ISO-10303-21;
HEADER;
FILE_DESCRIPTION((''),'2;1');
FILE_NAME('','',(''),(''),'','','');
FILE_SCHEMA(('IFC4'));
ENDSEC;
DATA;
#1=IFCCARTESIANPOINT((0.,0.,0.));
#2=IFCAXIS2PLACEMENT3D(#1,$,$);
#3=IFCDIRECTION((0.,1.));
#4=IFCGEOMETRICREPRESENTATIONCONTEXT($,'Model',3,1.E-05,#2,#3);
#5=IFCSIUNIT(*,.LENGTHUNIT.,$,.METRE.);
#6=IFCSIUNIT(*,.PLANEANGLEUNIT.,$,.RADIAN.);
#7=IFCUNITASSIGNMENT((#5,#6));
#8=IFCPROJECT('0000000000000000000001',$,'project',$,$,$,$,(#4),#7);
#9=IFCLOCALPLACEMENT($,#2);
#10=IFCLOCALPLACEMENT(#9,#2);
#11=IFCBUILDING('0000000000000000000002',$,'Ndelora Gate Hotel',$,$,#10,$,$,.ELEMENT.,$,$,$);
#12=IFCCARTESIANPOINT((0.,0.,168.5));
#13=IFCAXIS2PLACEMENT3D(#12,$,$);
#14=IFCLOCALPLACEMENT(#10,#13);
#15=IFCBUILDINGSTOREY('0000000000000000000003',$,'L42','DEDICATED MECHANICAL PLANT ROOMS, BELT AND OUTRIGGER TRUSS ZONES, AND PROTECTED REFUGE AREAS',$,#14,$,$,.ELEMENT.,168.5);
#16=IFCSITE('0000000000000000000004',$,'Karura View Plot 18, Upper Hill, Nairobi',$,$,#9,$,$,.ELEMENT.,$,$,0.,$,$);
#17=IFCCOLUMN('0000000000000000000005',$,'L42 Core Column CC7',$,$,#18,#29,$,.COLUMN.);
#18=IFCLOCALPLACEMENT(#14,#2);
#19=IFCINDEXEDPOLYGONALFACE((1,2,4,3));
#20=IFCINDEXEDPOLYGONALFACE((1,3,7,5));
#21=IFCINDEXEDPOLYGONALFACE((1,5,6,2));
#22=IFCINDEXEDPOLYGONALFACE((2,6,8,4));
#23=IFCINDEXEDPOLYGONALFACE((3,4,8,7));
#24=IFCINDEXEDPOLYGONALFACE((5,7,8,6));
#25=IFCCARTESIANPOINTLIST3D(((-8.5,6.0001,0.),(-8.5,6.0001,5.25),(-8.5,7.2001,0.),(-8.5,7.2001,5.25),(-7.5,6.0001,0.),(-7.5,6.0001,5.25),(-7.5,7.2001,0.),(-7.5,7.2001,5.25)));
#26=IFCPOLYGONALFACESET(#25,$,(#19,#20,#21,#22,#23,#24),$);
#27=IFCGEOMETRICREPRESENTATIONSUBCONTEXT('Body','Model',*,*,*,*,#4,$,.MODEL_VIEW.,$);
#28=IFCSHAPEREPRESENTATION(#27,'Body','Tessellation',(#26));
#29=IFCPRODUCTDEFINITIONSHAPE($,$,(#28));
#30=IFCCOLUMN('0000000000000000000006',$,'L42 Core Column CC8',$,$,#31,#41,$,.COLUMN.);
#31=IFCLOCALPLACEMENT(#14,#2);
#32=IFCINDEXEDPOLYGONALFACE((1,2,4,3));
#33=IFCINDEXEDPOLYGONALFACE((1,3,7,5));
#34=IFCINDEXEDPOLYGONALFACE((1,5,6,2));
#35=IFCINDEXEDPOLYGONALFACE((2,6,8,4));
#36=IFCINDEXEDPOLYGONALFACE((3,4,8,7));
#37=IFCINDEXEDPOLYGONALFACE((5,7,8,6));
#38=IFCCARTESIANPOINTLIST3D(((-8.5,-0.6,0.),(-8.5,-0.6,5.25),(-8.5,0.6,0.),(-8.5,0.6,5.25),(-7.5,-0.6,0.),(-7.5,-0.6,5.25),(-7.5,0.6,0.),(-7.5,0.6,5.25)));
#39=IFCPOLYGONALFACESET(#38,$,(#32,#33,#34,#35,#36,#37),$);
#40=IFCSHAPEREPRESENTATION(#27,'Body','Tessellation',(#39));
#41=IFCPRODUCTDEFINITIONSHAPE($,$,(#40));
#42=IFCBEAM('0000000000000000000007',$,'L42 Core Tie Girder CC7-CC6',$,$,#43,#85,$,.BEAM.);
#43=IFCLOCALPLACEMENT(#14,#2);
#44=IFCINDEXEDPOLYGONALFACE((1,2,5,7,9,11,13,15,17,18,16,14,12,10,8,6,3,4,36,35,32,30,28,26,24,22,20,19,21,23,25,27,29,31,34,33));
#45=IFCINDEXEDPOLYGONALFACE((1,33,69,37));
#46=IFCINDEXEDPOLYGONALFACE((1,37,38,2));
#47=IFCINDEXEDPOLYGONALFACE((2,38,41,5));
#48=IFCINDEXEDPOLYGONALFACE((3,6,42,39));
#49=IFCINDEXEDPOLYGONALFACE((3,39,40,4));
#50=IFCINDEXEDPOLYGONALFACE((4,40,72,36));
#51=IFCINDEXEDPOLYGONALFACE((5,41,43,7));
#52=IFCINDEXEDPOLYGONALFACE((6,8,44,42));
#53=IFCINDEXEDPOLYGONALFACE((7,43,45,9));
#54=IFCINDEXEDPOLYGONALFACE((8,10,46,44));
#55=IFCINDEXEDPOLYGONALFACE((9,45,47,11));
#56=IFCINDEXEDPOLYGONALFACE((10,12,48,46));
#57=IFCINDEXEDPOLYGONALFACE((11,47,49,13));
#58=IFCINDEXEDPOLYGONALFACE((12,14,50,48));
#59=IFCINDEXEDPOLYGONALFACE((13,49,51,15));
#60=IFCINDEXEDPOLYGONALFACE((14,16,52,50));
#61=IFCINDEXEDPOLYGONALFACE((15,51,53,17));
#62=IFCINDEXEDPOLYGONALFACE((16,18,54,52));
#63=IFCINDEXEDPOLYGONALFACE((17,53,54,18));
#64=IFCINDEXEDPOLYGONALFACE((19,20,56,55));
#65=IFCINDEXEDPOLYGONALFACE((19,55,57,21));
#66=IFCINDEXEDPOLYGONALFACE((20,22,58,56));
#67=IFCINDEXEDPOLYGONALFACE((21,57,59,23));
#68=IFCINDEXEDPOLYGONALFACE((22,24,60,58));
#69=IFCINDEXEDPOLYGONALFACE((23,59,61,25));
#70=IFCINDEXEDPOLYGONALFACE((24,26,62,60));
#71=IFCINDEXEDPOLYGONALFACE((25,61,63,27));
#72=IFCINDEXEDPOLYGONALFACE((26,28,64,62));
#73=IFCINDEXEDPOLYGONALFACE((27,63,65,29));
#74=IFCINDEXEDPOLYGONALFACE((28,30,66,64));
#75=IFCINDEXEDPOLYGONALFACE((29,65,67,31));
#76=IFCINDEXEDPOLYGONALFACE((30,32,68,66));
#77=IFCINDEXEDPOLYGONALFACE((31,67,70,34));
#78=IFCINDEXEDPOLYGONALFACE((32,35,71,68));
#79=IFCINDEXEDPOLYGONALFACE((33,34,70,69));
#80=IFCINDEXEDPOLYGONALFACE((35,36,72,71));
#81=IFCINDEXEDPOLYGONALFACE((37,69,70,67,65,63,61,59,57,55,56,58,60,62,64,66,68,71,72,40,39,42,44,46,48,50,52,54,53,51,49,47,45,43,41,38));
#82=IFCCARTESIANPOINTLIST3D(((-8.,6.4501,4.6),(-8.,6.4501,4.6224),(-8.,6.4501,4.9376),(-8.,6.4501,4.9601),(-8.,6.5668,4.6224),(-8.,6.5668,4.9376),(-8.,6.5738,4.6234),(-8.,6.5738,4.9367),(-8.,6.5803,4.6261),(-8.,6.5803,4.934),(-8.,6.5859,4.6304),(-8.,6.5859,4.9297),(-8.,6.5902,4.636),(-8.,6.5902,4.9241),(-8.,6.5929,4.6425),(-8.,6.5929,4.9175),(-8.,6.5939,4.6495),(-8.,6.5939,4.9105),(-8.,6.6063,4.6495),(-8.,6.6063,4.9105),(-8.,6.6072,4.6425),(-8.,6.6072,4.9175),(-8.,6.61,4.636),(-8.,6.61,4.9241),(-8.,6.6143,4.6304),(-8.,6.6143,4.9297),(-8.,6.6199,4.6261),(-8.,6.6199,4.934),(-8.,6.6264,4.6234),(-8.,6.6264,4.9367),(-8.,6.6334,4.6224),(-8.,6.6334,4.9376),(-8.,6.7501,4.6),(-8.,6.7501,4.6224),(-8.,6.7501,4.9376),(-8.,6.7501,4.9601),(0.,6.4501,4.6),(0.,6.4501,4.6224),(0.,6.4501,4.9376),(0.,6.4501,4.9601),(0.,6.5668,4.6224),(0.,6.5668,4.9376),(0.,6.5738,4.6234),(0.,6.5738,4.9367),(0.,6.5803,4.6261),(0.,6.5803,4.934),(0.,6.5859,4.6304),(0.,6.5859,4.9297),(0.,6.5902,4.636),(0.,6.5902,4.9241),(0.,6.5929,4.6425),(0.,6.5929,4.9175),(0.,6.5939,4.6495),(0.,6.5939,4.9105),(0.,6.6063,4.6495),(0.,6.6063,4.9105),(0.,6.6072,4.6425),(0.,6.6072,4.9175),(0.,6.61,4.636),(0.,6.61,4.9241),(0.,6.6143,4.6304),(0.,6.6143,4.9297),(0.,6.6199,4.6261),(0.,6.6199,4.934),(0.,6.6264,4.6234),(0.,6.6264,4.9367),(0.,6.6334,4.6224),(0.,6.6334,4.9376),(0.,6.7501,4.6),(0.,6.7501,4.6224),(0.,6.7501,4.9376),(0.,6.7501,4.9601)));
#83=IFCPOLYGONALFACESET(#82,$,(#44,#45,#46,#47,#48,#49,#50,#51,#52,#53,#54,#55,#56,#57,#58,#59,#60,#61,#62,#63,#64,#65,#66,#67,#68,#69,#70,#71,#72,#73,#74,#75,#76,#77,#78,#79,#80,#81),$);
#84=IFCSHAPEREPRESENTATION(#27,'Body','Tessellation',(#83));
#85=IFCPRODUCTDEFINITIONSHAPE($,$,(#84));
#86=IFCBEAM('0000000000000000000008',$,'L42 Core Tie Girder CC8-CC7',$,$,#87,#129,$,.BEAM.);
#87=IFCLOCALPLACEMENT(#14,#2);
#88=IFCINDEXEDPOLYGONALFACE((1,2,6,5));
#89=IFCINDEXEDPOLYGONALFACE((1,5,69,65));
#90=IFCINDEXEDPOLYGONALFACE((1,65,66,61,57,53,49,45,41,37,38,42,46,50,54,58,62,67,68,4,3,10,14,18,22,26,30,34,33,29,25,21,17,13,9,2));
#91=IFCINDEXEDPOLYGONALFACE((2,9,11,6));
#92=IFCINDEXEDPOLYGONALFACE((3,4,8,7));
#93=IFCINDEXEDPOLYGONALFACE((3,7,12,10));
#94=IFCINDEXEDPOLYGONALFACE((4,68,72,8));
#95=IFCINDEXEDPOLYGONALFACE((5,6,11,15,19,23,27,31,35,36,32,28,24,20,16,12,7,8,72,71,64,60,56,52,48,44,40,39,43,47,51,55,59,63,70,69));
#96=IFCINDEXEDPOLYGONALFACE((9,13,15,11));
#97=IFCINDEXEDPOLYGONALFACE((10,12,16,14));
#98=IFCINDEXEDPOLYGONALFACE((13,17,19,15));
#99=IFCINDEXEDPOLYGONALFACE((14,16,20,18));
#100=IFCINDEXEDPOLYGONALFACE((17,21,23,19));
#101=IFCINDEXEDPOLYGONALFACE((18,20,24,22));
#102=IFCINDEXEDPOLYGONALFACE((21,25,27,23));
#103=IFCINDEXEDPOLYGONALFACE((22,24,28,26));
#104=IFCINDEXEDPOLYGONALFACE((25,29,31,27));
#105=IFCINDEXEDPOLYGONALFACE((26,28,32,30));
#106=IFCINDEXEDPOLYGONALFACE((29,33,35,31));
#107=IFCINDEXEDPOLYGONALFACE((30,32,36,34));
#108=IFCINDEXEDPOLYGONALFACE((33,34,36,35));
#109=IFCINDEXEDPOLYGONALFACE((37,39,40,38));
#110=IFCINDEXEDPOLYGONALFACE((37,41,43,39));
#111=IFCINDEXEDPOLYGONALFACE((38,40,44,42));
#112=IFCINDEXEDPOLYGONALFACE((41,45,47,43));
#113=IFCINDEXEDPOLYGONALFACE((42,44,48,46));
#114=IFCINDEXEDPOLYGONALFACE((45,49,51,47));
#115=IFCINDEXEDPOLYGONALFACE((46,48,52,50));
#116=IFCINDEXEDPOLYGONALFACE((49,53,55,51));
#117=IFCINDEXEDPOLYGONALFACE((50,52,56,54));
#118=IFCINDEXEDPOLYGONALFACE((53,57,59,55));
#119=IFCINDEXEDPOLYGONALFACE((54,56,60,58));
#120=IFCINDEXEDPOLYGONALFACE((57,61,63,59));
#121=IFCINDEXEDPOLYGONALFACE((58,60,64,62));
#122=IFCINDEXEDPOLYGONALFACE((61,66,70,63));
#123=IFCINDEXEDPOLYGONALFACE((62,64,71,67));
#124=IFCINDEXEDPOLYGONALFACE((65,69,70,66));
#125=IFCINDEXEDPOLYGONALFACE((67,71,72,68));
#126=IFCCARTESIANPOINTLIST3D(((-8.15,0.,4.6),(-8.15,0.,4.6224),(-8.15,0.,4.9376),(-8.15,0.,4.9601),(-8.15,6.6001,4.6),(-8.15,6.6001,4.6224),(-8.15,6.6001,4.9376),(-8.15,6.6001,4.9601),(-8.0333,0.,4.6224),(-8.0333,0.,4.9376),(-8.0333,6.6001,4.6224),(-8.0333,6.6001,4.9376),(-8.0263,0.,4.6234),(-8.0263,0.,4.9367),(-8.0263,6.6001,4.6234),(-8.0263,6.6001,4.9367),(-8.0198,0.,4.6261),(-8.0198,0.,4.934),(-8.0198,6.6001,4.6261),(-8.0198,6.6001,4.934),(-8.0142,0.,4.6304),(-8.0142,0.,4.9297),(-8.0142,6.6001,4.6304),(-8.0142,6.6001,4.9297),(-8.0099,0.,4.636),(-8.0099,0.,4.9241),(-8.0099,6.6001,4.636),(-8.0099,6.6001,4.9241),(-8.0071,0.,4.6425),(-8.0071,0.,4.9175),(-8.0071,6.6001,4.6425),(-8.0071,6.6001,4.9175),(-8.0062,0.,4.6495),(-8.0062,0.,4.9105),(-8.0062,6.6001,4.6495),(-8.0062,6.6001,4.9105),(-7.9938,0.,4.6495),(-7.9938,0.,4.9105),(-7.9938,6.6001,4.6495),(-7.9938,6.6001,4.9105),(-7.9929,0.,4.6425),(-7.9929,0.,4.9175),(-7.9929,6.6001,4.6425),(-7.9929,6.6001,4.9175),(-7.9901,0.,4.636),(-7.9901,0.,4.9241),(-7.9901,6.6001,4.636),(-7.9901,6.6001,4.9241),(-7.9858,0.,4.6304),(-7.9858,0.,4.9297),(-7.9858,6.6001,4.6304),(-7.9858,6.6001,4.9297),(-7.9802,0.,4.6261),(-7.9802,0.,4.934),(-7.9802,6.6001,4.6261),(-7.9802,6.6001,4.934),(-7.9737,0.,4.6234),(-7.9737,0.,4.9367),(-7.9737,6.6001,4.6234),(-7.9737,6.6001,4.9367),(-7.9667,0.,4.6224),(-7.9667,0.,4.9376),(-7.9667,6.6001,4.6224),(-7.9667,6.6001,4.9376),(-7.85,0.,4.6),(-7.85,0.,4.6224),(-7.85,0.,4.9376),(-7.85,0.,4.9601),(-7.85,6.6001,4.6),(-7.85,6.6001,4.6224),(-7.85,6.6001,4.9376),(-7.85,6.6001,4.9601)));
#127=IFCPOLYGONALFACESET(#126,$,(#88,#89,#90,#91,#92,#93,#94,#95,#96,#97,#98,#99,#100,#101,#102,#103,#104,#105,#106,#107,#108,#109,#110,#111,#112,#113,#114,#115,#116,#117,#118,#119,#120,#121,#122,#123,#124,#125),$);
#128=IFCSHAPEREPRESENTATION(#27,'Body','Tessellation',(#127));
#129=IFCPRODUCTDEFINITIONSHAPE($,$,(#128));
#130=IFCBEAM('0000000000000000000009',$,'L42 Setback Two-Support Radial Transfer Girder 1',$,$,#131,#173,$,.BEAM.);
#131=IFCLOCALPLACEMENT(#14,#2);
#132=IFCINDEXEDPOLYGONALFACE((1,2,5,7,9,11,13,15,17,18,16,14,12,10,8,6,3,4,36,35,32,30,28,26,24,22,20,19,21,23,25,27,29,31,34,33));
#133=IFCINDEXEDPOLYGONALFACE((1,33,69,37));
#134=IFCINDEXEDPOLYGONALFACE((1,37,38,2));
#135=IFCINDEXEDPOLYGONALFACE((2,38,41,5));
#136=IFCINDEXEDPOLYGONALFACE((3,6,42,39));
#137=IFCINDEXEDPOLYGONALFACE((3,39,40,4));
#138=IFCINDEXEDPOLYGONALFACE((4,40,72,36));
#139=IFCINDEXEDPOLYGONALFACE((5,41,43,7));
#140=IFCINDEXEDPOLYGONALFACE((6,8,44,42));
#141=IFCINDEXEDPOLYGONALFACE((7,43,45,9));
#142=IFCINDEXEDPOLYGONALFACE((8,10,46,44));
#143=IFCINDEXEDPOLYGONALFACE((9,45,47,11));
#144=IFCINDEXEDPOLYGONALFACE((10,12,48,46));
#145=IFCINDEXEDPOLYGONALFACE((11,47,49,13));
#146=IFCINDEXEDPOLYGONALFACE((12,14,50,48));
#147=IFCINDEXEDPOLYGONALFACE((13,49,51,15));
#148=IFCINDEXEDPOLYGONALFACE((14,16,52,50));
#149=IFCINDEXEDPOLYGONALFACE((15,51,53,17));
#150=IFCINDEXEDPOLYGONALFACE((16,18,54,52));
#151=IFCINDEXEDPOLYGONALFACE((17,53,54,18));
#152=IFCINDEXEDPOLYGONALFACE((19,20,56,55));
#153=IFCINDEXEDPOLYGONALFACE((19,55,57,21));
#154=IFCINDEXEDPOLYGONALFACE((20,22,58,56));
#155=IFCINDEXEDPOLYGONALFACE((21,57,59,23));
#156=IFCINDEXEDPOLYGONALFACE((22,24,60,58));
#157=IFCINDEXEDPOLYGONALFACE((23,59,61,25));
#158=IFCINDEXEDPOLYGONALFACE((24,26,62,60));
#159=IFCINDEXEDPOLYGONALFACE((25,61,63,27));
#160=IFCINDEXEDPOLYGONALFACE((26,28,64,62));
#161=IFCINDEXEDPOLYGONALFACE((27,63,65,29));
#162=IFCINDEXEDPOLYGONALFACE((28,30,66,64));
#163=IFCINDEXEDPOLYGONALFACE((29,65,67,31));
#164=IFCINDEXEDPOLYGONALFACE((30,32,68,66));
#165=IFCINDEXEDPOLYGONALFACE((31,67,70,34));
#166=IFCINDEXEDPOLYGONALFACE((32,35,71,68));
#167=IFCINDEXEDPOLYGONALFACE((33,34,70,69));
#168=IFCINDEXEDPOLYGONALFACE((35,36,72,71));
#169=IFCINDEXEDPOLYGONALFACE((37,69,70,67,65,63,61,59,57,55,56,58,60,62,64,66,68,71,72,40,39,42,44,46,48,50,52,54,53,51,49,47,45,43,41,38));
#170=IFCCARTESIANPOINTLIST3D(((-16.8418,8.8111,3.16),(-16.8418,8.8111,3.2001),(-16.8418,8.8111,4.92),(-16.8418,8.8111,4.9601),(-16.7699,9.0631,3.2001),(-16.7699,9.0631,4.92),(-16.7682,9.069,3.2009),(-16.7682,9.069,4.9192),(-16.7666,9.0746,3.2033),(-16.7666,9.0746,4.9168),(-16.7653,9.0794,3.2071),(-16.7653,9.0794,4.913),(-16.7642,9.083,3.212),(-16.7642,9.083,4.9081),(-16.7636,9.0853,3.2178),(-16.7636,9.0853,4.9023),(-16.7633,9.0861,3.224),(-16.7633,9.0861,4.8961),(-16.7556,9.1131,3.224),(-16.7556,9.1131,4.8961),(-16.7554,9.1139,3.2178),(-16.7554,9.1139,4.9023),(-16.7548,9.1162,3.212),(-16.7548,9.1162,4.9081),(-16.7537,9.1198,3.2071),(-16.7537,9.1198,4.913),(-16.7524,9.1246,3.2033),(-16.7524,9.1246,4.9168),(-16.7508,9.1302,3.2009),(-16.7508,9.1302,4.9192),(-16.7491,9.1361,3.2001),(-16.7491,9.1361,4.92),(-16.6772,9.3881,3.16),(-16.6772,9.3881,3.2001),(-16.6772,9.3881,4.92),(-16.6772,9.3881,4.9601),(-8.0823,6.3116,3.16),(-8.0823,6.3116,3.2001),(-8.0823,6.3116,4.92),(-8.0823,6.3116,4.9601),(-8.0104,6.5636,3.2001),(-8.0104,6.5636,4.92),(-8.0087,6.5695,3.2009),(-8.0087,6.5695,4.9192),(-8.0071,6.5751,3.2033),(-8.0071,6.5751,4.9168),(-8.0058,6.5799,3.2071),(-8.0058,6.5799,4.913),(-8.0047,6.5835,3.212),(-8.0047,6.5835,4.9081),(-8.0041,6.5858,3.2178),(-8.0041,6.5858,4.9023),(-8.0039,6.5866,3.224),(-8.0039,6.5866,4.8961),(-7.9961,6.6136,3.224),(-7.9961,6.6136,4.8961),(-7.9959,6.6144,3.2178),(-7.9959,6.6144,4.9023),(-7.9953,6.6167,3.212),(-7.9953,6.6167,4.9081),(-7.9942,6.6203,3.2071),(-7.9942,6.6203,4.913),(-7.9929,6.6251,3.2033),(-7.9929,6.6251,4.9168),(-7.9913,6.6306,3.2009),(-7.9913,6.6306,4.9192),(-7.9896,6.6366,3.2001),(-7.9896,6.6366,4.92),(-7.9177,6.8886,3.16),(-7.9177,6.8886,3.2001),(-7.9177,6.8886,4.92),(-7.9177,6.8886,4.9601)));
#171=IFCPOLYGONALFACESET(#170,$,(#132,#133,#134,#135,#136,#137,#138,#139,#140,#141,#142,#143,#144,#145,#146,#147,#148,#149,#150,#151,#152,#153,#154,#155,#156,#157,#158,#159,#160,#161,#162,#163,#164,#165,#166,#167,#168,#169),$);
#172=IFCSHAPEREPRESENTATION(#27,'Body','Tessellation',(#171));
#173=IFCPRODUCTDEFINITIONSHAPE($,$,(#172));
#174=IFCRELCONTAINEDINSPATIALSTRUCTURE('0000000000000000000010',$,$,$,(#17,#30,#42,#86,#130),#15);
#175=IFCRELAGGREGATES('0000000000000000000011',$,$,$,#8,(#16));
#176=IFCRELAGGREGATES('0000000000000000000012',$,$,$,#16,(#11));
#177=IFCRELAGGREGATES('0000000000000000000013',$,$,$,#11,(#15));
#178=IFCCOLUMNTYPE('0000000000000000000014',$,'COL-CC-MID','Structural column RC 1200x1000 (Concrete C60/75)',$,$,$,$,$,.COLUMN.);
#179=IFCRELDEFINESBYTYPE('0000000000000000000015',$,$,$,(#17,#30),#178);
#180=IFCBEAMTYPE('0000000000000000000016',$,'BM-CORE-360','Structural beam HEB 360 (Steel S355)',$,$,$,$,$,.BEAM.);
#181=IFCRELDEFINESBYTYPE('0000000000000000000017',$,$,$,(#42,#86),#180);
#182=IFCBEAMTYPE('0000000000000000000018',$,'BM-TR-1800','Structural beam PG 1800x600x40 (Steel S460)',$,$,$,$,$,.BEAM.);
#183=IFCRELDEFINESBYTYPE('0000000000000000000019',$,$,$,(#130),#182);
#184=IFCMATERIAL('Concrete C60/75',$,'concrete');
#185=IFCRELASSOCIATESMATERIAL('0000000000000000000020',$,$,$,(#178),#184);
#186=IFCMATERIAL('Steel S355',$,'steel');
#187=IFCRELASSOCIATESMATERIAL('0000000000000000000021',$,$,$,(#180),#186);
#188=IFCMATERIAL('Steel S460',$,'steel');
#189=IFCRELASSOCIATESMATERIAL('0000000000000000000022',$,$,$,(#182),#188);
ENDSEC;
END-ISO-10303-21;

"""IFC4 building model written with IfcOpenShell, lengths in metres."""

from ifc_helpers import new_model, si_unit, direction, frame, origin, origin_2d, place, context, subcontext, project, spatial, rectangle, i_section, extrude, material, material_profile, profile_set, type_object, element, save


model = new_model("IFC4")

# Units and contexts
model_context = context("Model", 3, precision=1e-05, world=origin(), true_north=direction((0.0, 1.0)))
body_context = subcontext(model_context, "Body", "Model", "MODEL_VIEW")
ifc_project = project(units=[si_unit("LENGTHUNIT", "METRE"), si_unit("PLANEANGLEUNIT", "RADIAN")], contexts=[model_context])

# Site, building, storey
site_placement = place(None, origin())
site = spatial("IfcSite", under=ifc_project, at=site_placement, Name="Karura View Plot 18, Upper Hill, Nairobi", CompositionType="ELEMENT", RefElevation=0.0)
building_placement = place(site_placement, origin())
building = spatial("IfcBuilding", under=site, at=building_placement, Name="Ndelora Gate Hotel", CompositionType="ELEMENT")
storey_placement = place(building_placement, frame((0.0, 0.0, 168.5)))
storey = spatial("IfcBuildingStorey", under=building, at=storey_placement, Name="L42", Description="DEDICATED MECHANICAL PLANT ROOMS, BELT AND OUTRIGGER TRUSS ZONES, AND PROTECTED REFUGE AREAS", CompositionType="ELEMENT", Elevation=168.5)

# Columns
ifc_material_1 = material(Name="Concrete C60/75", Category="concrete")
ifc_material_profile_1 = material_profile(ifc_material_1, rectangle(XDim=1.0, YDim=1.2, at=origin_2d()), Name="RC 1200x1000")
ifc_profile_set_1 = profile_set([ifc_material_profile_1], Name="Concrete C60/75")
column_type = type_object("IfcColumnType", Name="COL-CC-MID", Description="Structural column RC 1200x1000 (Concrete C60/75)", PredefinedType="COLUMN", material=ifc_profile_set_1)
for number, where, z_axis, x_axis, name in (
    (1, (-8.0, 6.6001, 0.0), (0.0, 0.0, 1.0), (1.0, 0.0, 0.0), "L42 Core Column CC7"),
    (2, (-8.0, 0.0, 0.0), (0.0, 0.0, 1.0), (1.0, 0.0, 0.0), "L42 Core Column CC8"),
):
    element("IfcColumn", number, at=place(storey_placement, frame(where, z_axis=z_axis, x_axis=x_axis)), inside=storey, type_object=column_type, Name=name, PredefinedType="COLUMN", context=body_context, shape_type="SweptSolid", body=[
        extrude(rectangle(XDim=1.0, YDim=1.2, at=origin_2d()), origin(), (0.0, 0.0, 1.0), 5.25),
    ])

# Beams
ifc_material_2 = material(Name="Steel S355", Category="steel")
ifc_material_profile_2 = material_profile(ifc_material_2, i_section(OverallWidth=0.3, OverallDepth=0.3601, WebThickness=0.0125, FlangeThickness=0.0225, FilletRadius=0.0271, at=origin_2d()), Name="HEB 360")
ifc_profile_set_2 = profile_set([ifc_material_profile_2], Name="Steel S355")
beam_type_1 = type_object("IfcBeamType", Name="BM-CORE-360", Description="Structural beam HEB 360 (Steel S355)", PredefinedType="BEAM", material=ifc_profile_set_2)
beam_1_placement = place(storey_placement, frame((-8.0, 6.6001, 4.78), z_axis=(1.0, 0.0, 0.0), x_axis=(0.0, 1.0, 0.0)))
element("IfcBeam", 3, at=beam_1_placement, inside=storey, type_object=beam_type_1, Name="L42 Core Tie Girder CC7-CC6", PredefinedType="BEAM", context=body_context, shape_type="SweptSolid", body=[
    extrude(i_section(OverallWidth=0.3, OverallDepth=0.3601, WebThickness=0.0125, FlangeThickness=0.0225, FilletRadius=0.0271, at=origin_2d()), origin(), (0.0, 0.0, 1.0), 8.0),
])
beam_2_placement = place(storey_placement, frame((-8.0, 0.0, 4.78), z_axis=(0.0, 1.0, 0.0), x_axis=(-1.0, 0.0, 0.0)))
element("IfcBeam", 4, at=beam_2_placement, inside=storey, type_object=beam_type_1, Name="L42 Core Tie Girder CC8-CC7", PredefinedType="BEAM", context=body_context, shape_type="SweptSolid", body=[
    extrude(i_section(OverallWidth=0.3, OverallDepth=0.3601, WebThickness=0.0125, FlangeThickness=0.0225, FilletRadius=0.0271, at=origin_2d()), origin(), (0.0, 0.0, 1.0), 6.6001),
])
ifc_material_3 = material(Name="Steel S460", Category="steel")
ifc_material_profile_3 = material_profile(ifc_material_3, i_section(OverallWidth=0.6001, OverallDepth=1.8, WebThickness=0.0281, FlangeThickness=0.04, FilletRadius=0.0239, at=origin_2d()), Name="PG 1800x600x40")
ifc_profile_set_3 = profile_set([ifc_material_profile_3], Name="Steel S460")
beam_type_2 = type_object("IfcBeamType", Name="BM-TR-1800", Description="Structural beam PG 1800x600x40 (Steel S460)", PredefinedType="BEAM", material=ifc_profile_set_3)
beam_3_placement = place(storey_placement, frame((-8.0, 6.6001, 4.0601), z_axis=(-0.961617, 0.274395, 0.0), x_axis=(-0.274395, -0.961617, 0.0)))
element("IfcBeam", 5, at=beam_3_placement, inside=storey, type_object=beam_type_2, Name="L42 Setback Two-Support Radial Transfer Girder 1", PredefinedType="BEAM", context=body_context, shape_type="SweptSolid", body=[
    extrude(i_section(OverallWidth=0.6001, OverallDepth=1.8, WebThickness=0.0281, FlangeThickness=0.04, FilletRadius=0.0239, at=origin_2d()), origin(), (0.0, 0.0, 1.0), 9.1091),
])

save(model, "model.ifc")
